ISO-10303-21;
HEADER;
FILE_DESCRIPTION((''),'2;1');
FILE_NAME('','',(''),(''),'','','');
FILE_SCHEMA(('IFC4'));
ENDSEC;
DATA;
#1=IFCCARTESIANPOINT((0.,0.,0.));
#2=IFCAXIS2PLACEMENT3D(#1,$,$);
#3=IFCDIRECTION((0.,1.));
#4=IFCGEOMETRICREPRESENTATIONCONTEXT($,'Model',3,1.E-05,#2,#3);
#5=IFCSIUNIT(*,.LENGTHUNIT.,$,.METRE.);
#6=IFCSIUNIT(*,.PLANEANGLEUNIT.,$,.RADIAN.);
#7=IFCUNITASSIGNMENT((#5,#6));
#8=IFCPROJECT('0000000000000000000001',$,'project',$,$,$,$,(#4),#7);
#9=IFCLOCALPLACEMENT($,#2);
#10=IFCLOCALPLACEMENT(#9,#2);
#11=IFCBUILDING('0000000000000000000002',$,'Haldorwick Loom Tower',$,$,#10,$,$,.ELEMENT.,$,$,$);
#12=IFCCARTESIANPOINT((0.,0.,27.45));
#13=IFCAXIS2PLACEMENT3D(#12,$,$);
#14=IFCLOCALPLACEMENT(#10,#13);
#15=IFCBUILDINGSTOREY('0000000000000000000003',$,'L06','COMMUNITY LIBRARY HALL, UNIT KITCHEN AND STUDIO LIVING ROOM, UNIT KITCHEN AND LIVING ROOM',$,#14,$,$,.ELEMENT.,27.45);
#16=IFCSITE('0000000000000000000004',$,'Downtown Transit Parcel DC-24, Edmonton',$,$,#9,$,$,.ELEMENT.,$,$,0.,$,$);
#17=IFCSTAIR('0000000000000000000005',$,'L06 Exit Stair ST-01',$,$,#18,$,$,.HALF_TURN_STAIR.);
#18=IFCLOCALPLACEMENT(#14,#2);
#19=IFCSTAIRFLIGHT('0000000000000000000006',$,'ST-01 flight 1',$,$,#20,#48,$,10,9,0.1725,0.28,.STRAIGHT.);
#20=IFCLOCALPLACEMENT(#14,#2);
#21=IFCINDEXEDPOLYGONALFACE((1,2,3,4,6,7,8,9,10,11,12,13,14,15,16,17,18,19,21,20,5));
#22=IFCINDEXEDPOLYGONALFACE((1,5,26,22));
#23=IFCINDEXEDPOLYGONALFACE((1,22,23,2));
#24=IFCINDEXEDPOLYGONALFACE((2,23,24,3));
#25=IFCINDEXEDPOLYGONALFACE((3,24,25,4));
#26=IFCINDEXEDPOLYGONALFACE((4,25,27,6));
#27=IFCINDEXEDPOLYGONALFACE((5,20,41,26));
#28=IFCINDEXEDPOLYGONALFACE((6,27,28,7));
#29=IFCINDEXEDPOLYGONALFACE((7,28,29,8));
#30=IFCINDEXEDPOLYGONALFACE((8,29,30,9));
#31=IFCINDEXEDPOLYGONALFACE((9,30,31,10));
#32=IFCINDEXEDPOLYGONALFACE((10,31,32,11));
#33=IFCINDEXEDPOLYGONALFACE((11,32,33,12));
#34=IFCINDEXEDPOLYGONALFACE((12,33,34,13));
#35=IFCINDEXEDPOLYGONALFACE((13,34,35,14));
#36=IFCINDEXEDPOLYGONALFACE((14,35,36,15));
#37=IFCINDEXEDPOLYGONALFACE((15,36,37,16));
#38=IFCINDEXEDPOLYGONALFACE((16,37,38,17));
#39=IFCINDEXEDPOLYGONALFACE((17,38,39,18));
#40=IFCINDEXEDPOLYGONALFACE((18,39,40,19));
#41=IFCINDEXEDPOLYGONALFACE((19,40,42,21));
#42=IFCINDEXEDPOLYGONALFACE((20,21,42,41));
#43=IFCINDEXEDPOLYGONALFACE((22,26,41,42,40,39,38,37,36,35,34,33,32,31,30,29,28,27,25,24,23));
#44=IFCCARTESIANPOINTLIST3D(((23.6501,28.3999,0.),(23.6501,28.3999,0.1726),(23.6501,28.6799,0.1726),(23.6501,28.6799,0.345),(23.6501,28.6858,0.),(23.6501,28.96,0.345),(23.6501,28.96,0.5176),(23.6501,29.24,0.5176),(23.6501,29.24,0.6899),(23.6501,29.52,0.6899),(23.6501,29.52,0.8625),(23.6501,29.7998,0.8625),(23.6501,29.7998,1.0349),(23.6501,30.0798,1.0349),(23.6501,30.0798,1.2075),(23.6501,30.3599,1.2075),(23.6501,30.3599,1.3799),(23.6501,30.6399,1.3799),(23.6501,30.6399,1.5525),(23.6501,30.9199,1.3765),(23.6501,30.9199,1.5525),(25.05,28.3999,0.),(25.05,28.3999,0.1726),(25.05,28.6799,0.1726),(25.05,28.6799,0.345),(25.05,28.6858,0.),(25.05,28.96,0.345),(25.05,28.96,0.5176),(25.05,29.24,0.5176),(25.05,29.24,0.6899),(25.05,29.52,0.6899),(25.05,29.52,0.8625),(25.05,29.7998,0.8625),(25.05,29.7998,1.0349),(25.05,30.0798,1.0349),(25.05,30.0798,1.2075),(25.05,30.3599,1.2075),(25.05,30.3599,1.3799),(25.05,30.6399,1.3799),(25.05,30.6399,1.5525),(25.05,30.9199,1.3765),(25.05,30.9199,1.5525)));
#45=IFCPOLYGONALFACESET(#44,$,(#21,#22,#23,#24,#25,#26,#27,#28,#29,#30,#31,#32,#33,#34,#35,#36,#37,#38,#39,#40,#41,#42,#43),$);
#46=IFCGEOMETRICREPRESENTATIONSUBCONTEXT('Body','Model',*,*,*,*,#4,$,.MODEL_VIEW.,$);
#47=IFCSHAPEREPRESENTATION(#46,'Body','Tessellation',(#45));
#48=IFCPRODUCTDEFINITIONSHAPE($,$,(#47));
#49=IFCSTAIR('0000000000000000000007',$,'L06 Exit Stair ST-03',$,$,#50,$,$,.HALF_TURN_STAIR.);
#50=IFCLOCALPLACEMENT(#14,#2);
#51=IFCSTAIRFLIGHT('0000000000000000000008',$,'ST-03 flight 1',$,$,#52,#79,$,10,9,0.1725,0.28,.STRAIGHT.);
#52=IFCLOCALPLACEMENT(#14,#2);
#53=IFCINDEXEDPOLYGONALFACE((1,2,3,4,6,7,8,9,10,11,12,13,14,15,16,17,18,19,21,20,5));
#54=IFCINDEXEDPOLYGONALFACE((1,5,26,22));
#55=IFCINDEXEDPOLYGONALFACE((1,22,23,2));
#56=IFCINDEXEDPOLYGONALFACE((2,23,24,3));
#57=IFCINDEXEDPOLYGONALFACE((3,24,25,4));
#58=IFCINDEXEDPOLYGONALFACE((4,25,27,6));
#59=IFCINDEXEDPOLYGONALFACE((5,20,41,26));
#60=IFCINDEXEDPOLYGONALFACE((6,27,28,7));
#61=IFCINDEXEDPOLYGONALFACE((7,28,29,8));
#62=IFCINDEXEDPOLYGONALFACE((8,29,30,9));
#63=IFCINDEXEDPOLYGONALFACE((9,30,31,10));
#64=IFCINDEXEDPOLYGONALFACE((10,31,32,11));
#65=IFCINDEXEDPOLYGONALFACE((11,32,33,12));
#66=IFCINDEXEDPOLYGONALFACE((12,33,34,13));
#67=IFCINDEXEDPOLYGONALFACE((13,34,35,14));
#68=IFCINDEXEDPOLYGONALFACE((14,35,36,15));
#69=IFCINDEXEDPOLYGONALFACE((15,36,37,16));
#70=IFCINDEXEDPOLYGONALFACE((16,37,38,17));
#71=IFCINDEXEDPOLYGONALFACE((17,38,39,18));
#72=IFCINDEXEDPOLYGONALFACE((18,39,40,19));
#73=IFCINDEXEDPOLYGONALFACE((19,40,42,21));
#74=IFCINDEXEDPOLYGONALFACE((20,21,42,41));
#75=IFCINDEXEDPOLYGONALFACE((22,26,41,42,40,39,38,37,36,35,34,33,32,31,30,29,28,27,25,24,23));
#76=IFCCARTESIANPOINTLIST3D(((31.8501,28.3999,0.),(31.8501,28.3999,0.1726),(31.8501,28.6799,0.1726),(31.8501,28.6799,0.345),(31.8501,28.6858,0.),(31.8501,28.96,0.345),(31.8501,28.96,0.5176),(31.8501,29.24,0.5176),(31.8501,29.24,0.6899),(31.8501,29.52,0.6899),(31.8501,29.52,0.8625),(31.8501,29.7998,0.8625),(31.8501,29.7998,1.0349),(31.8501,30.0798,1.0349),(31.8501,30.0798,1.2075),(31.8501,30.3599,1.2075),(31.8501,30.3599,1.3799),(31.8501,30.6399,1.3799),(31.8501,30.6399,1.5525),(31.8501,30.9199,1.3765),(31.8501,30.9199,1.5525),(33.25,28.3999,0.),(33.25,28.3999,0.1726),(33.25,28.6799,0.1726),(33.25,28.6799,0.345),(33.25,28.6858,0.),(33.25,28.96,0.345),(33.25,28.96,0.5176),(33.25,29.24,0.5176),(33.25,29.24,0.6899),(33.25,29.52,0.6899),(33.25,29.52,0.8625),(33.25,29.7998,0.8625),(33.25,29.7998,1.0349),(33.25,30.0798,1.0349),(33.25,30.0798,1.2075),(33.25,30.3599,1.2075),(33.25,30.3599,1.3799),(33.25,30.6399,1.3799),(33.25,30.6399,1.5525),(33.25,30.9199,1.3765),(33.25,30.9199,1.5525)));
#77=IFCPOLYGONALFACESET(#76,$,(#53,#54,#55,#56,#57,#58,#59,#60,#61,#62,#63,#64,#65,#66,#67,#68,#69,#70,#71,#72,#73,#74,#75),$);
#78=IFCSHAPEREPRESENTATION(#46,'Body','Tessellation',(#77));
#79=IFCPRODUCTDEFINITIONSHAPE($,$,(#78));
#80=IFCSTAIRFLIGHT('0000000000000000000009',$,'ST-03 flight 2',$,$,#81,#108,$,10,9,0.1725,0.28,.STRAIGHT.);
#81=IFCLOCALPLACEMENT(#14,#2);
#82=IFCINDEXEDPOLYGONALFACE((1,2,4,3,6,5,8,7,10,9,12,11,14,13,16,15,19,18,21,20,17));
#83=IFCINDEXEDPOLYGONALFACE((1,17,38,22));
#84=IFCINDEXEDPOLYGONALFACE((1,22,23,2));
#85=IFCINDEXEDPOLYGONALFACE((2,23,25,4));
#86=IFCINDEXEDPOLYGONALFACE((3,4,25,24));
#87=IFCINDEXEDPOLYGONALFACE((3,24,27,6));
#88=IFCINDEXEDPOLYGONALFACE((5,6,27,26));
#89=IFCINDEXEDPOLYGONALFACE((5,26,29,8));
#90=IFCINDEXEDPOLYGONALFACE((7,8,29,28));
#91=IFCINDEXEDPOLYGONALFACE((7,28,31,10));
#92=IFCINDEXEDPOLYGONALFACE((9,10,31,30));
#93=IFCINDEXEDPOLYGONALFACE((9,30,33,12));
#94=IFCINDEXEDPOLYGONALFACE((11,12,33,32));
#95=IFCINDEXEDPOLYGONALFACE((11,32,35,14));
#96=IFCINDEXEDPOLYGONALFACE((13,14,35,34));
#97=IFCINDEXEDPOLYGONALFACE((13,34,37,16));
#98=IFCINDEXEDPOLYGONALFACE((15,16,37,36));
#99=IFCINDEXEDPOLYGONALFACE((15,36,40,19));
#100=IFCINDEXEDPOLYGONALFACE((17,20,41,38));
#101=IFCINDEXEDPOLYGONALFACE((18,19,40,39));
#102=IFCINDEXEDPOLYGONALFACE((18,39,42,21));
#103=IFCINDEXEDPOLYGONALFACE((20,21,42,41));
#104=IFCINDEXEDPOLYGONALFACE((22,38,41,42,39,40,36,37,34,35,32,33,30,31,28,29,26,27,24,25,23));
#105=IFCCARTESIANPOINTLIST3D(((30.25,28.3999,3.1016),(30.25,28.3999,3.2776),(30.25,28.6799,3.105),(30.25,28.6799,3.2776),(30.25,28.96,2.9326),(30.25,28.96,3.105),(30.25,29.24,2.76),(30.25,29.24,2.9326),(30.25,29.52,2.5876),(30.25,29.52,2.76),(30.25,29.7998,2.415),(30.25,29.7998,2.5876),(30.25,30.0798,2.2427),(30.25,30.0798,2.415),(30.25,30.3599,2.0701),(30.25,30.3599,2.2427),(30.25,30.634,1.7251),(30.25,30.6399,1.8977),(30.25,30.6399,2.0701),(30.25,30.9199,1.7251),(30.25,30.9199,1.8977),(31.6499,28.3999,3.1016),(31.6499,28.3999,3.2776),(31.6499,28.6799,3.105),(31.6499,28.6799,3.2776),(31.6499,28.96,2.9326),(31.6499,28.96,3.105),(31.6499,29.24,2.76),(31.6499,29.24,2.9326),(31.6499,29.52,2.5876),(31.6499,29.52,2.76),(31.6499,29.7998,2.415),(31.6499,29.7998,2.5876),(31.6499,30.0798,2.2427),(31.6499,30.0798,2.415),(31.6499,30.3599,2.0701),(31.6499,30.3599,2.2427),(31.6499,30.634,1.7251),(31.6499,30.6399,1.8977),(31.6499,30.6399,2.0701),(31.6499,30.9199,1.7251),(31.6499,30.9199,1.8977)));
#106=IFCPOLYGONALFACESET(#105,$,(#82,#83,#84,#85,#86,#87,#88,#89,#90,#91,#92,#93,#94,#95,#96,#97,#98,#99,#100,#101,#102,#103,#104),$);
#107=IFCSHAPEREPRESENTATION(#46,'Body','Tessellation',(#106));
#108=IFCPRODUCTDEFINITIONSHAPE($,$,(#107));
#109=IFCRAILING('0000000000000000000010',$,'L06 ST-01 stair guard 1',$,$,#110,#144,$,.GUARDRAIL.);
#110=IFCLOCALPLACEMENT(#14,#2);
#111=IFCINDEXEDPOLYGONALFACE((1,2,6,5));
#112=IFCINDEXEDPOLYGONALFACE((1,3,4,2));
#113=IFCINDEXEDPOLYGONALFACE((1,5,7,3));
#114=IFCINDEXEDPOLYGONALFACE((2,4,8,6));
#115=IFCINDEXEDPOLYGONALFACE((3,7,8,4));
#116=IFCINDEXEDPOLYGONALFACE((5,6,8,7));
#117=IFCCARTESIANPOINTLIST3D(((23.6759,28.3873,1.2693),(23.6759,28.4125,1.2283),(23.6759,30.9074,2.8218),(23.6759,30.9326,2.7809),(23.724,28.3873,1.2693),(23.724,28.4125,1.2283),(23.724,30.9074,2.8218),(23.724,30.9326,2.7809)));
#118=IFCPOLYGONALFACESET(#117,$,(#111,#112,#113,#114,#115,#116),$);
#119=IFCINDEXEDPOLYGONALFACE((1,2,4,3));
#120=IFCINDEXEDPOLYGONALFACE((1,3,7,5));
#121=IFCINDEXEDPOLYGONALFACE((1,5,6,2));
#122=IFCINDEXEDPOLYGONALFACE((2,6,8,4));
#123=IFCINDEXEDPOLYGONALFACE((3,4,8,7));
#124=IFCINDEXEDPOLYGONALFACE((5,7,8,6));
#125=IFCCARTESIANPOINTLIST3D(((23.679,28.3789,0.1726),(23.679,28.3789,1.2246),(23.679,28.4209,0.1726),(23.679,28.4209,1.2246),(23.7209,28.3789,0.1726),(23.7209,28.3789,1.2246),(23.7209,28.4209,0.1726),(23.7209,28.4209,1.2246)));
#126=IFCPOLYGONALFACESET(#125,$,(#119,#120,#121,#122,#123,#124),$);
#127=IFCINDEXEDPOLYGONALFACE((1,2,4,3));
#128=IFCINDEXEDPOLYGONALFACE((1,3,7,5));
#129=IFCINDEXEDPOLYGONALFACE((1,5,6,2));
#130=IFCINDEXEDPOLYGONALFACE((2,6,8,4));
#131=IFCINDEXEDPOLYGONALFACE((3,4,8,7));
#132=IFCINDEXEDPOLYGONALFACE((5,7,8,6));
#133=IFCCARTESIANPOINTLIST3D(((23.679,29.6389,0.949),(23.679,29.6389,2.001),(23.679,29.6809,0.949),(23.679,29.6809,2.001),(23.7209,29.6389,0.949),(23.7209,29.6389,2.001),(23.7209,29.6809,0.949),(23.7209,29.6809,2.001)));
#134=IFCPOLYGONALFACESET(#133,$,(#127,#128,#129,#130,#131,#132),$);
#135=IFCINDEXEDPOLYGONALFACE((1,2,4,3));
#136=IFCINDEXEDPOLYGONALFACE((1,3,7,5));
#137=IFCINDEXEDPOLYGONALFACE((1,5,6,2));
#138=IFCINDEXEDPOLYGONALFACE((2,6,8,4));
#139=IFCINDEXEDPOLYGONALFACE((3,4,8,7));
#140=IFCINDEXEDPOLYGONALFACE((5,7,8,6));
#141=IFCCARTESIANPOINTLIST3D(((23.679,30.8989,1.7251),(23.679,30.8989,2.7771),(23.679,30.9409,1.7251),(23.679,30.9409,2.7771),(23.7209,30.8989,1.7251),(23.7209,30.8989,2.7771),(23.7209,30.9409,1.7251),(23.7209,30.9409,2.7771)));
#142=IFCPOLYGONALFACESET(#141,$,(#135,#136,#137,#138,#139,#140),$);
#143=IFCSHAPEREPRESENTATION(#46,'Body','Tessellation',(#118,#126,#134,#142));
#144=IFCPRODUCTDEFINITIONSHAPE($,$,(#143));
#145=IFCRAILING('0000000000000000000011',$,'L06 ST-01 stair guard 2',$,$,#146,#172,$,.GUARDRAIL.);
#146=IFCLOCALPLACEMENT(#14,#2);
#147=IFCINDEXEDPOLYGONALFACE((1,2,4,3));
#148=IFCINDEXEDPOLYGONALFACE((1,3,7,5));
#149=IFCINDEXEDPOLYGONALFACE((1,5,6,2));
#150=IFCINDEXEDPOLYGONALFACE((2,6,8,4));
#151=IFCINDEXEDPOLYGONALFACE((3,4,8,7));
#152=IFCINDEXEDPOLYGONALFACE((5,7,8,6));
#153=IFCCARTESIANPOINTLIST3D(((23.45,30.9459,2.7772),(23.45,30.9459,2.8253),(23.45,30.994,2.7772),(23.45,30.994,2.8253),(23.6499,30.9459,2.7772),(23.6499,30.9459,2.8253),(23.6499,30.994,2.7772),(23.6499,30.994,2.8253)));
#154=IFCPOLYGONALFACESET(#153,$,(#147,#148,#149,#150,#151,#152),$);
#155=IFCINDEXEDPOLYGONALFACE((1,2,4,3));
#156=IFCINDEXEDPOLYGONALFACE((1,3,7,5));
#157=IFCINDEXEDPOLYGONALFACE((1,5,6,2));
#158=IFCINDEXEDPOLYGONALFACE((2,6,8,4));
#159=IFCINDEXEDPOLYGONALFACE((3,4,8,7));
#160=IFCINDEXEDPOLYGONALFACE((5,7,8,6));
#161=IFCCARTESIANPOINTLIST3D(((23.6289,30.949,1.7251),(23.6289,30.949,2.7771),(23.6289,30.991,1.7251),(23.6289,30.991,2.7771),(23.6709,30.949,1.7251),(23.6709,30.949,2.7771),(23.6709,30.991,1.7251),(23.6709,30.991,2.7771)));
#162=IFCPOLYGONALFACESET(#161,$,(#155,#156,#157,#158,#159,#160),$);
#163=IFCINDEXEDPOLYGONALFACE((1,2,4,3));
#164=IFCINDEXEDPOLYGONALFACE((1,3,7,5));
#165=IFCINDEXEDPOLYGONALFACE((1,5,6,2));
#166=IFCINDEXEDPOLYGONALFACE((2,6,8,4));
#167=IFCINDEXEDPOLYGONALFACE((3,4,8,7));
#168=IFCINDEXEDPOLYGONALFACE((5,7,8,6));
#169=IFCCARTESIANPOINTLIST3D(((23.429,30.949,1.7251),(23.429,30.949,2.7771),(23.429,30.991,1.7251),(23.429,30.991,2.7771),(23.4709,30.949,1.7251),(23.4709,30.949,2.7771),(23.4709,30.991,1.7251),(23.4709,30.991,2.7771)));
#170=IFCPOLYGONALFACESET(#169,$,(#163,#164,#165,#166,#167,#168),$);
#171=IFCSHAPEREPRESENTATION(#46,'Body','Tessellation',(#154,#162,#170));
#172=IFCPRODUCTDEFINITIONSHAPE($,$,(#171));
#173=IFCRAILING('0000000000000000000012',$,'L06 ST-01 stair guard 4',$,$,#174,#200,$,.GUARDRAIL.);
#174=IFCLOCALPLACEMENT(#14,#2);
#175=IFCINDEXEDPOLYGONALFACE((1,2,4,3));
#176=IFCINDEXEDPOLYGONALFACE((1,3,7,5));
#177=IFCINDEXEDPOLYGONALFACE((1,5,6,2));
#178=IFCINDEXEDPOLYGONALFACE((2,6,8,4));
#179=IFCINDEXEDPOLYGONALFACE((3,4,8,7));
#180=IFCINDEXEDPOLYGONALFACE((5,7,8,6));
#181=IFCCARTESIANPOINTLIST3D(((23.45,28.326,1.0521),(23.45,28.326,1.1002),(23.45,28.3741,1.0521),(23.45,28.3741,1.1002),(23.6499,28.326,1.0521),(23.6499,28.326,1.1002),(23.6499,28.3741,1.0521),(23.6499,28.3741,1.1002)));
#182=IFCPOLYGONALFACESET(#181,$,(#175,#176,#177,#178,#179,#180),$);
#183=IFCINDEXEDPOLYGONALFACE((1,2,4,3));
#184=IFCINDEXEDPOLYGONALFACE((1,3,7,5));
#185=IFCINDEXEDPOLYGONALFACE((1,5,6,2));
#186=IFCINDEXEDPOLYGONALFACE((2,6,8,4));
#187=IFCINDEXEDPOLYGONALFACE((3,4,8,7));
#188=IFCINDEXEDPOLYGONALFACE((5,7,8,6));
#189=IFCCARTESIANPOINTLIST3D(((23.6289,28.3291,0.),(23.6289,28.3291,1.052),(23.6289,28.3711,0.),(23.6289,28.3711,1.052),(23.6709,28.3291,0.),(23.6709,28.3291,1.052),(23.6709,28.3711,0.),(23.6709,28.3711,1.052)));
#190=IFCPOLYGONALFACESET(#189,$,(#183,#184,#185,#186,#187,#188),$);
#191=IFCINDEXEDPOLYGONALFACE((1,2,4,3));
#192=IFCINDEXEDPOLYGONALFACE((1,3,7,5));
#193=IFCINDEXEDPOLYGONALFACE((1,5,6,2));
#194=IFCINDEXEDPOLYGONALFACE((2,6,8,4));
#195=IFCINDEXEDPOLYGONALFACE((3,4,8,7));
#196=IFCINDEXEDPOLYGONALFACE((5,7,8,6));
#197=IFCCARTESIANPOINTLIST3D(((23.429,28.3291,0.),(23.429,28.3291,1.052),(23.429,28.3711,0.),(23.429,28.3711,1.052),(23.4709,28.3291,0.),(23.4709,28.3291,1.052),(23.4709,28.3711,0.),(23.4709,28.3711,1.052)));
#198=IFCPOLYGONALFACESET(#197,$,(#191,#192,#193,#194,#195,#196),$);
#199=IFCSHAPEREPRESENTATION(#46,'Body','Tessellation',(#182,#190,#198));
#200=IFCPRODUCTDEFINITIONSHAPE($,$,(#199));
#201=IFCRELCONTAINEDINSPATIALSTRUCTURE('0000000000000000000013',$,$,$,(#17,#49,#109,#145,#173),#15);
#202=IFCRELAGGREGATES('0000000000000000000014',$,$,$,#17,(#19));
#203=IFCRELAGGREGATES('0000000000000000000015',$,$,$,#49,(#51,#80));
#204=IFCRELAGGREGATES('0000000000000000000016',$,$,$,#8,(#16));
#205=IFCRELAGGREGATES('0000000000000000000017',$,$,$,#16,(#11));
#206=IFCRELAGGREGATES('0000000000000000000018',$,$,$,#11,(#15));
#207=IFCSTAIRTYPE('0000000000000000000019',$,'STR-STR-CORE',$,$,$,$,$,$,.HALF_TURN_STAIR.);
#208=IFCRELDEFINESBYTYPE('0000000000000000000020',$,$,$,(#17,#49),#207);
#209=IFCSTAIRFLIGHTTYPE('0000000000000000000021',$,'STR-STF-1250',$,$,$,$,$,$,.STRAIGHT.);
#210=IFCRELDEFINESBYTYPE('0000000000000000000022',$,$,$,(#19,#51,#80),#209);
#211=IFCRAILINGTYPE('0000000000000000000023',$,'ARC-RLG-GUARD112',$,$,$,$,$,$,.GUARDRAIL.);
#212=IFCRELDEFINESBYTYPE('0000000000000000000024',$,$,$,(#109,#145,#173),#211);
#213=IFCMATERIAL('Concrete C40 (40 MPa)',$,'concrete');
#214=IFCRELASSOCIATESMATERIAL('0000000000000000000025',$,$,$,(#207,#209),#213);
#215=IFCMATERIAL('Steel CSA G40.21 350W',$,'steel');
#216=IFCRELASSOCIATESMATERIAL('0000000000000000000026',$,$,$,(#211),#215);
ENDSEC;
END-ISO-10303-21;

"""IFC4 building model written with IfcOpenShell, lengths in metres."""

from ifc_helpers import new_model, si_unit, direction, frame, origin, origin_2d, place, context, subcontext, project, spatial, polyline, rectangle, outline, extrude, material, type_object, element, aggregate, save


model = new_model("IFC4")

# Units and contexts
model_context = context("Model", 3, precision=1e-05, world=origin(), true_north=direction((0.0, 1.0)))
body_context = subcontext(model_context, "Body", "Model", "MODEL_VIEW")
ifc_project = project(units=[si_unit("LENGTHUNIT", "METRE"), si_unit("PLANEANGLEUNIT", "RADIAN")], contexts=[model_context])

# Site, building, storey
site_placement = place(None, origin())
site = spatial("IfcSite", under=ifc_project, at=site_placement, Name="Downtown Transit Parcel DC-24, Edmonton", CompositionType="ELEMENT", RefElevation=0.0)
building_placement = place(site_placement, origin())
building = spatial("IfcBuilding", under=site, at=building_placement, Name="Haldorwick Loom Tower", CompositionType="ELEMENT")
storey_placement = place(building_placement, frame((0.0, 0.0, 27.45)))
storey = spatial("IfcBuildingStorey", under=building, at=storey_placement, Name="L06", Description="COMMUNITY LIBRARY HALL, UNIT KITCHEN AND STUDIO LIVING ROOM, UNIT KITCHEN AND LIVING ROOM", CompositionType="ELEMENT", Elevation=27.45)

# Shared definitions
ifc_material_1 = material(Name="Steel CSA G40.21 350W", Category="steel")

# Stair, stair flight
ifc_material_2 = material(Name="Concrete C40 (40 MPa)", Category="concrete")
stair_type = type_object("IfcStairType", Name="STR-STR-CORE", PredefinedType="HALF_TURN_STAIR", material=ifc_material_2)
stair_1_placement = place(storey_placement, origin())
stair_1 = element("IfcStair", 1, at=stair_1_placement, inside=storey, type_object=stair_type, Name="L06 Exit Stair ST-01", PredefinedType="HALF_TURN_STAIR")
stair_flight_type = type_object("IfcStairFlightType", Name="STR-STF-1250", PredefinedType="STRAIGHT", material=ifc_material_2)
stair_flight_1_placement = place(storey_placement, frame((24.3501, 28.3999, 0.0), z_axis=(0.0, 0.0, 1.0), x_axis=(0.0, 1.0, 0.0)))
stair_flight_1 = element("IfcStairFlight", 2, at=stair_flight_1_placement, type_object=stair_flight_type, Name="ST-01 flight 1", NumberOfRisers=10, NumberOfTreads=9, PredefinedType="STRAIGHT", RiserHeight=0.1725, TreadLength=0.28, context=body_context, shape_type="SweptSolid", body=[
    extrude(outline(polyline([(0.0, 0.0), (0.0, 0.1726), (0.28, 0.1726), (0.28, 0.345), (0.5601, 0.345), (0.5601, 0.5176), (0.8401, 0.5176), (0.8401, 0.6899), (1.1201, 0.6899), (1.1201, 0.8625), (1.3999, 0.8625), (1.3999, 1.0349), (1.6799, 1.0349), (1.6799, 1.2075), (1.96, 1.2075), (1.96, 1.3799), (2.24, 1.3799), (2.24, 1.5525), (2.52, 1.5525), (2.52, 1.7251), (2.52, 1.3765), (0.2859, 0.0), (0.0, 0.0)])), frame((0.0, 0.7, 0.0), z_axis=(0.0, -1.0, 0.0), x_axis=(1.0, 0.0, 0.0)), (0.0, 0.0, 1.0), 1.3999),
])
aggregate(stair_1, [stair_flight_1])

# Stair, stair flights
stair_2_placement = place(storey_placement, origin())
stair_2 = element("IfcStair", 3, at=stair_2_placement, inside=storey, type_object=stair_type, Name="L06 Exit Stair ST-03", PredefinedType="HALF_TURN_STAIR")
stair_flight_2_placement = place(storey_placement, frame((32.55, 28.3999, 0.0), z_axis=(0.0, 0.0, 1.0), x_axis=(0.0, 1.0, 0.0)))
stair_flight_2 = element("IfcStairFlight", 4, at=stair_flight_2_placement, type_object=stair_flight_type, Name="ST-03 flight 1", NumberOfRisers=10, NumberOfTreads=9, PredefinedType="STRAIGHT", RiserHeight=0.1725, TreadLength=0.28, context=body_context, shape_type="SweptSolid", body=[
    extrude(outline(polyline([(0.0, 0.0), (0.0, 0.1726), (0.28, 0.1726), (0.28, 0.345), (0.5601, 0.345), (0.5601, 0.5176), (0.8401, 0.5176), (0.8401, 0.6899), (1.1201, 0.6899), (1.1201, 0.8625), (1.3999, 0.8625), (1.3999, 1.0349), (1.6799, 1.0349), (1.6799, 1.2075), (1.96, 1.2075), (1.96, 1.3799), (2.24, 1.3799), (2.24, 1.5525), (2.52, 1.5525), (2.52, 1.7251), (2.52, 1.3765), (0.2859, 0.0), (0.0, 0.0)])), frame((0.0, 0.7, 0.0), z_axis=(0.0, -1.0, 0.0), x_axis=(1.0, 0.0, 0.0)), (0.0, 0.0, 1.0), 1.3999),
])
stair_flight_3_placement = place(storey_placement, frame((30.95, 30.9199, 1.7251), z_axis=(0.0, 0.0, 1.0), x_axis=(0.0, -1.0, 0.0)))
stair_flight_3 = element("IfcStairFlight", 5, at=stair_flight_3_placement, type_object=stair_flight_type, Name="ST-03 flight 2", NumberOfRisers=10, NumberOfTreads=9, PredefinedType="STRAIGHT", RiserHeight=0.1725, TreadLength=0.28, context=body_context, shape_type="SweptSolid", body=[
    extrude(outline(polyline([(0.0, 0.0), (0.0, 0.1726), (0.28, 0.1726), (0.28, 0.345), (0.5601, 0.345), (0.5601, 0.5176), (0.8401, 0.5176), (0.8401, 0.6899), (1.1201, 0.6899), (1.1201, 0.8625), (1.3999, 0.8625), (1.3999, 1.0349), (1.6799, 1.0349), (1.6799, 1.2075), (1.96, 1.2075), (1.96, 1.3799), (2.24, 1.3799), (2.24, 1.5525), (2.52, 1.5525), (2.52, 1.7251), (2.52, 1.3765), (0.2859, 0.0), (0.0, 0.0)])), frame((0.0, 0.7, 0.0), z_axis=(0.0, -1.0, 0.0), x_axis=(1.0, 0.0, 0.0)), (0.0, 0.0, 1.0), 1.3999),
])
aggregate(stair_2, [stair_flight_2, stair_flight_3])

# Railings
railing_type_1 = type_object("IfcRailingType", Name="ARC-RLG-GUARD112", PredefinedType="GUARDRAIL", material=ifc_material_1)
railing_1_placement = place(storey_placement, frame((23.7, 28.3999, 0.1726)))
element("IfcRailing", 6, at=railing_1_placement, inside=storey, type_object=railing_type_1, Name="L06 ST-01 stair guard 1", PredefinedType="GUARDRAIL", context=body_context, shape_type="SweptSolid", body=[
    extrude(rectangle(XDim=0.0481, YDim=0.0481, at=origin_2d()), frame((0.0, 0.0, 1.0762), z_axis=(0.0, 0.8514, 0.524516), x_axis=(-1.0, 0.0, 0.0)), (0.0, 0.0, 1.0), 2.96),
    extrude(rectangle(XDim=0.042, YDim=0.042, at=origin_2d()), origin(), (0.0, 0.0, 1.0), 1.052),
    extrude(rectangle(XDim=0.042, YDim=0.042, at=origin_2d()), frame((0.0, 1.26, 0.7764)), (0.0, 0.0, 1.0), 1.052),
    extrude(rectangle(XDim=0.042, YDim=0.042, at=origin_2d()), frame((0.0, 2.52, 1.5525)), (0.0, 0.0, 1.0), 1.052),
])
for number, where, name in (
    (7, (23.6499, 30.97, 1.7251), "L06 ST-01 stair guard 2"),
    (8, (23.6499, 28.3501, 0.0), "L06 ST-01 stair guard 4"),
):
    element("IfcRailing", number, at=place(storey_placement, frame(where)), inside=storey, type_object=railing_type_1, Name=name, PredefinedType="GUARDRAIL", context=body_context, shape_type="SweptSolid", body=[
        extrude(rectangle(XDim=0.0481, YDim=0.0481, at=origin_2d()), frame((0.0, 0.0, 1.0762), z_axis=(-1.0, 0.0, 0.0), x_axis=(0.0, -1.0, 0.0)), (0.0, 0.0, 1.0), 0.2),
        extrude(rectangle(XDim=0.042, YDim=0.042, at=origin_2d()), origin(), (0.0, 0.0, 1.0), 1.052),
        extrude(rectangle(XDim=0.042, YDim=0.042, at=origin_2d()), frame((-0.2, 0.0, 0.0)), (0.0, 0.0, 1.0), 1.052),
    ])

save(model, "model.ifc")
